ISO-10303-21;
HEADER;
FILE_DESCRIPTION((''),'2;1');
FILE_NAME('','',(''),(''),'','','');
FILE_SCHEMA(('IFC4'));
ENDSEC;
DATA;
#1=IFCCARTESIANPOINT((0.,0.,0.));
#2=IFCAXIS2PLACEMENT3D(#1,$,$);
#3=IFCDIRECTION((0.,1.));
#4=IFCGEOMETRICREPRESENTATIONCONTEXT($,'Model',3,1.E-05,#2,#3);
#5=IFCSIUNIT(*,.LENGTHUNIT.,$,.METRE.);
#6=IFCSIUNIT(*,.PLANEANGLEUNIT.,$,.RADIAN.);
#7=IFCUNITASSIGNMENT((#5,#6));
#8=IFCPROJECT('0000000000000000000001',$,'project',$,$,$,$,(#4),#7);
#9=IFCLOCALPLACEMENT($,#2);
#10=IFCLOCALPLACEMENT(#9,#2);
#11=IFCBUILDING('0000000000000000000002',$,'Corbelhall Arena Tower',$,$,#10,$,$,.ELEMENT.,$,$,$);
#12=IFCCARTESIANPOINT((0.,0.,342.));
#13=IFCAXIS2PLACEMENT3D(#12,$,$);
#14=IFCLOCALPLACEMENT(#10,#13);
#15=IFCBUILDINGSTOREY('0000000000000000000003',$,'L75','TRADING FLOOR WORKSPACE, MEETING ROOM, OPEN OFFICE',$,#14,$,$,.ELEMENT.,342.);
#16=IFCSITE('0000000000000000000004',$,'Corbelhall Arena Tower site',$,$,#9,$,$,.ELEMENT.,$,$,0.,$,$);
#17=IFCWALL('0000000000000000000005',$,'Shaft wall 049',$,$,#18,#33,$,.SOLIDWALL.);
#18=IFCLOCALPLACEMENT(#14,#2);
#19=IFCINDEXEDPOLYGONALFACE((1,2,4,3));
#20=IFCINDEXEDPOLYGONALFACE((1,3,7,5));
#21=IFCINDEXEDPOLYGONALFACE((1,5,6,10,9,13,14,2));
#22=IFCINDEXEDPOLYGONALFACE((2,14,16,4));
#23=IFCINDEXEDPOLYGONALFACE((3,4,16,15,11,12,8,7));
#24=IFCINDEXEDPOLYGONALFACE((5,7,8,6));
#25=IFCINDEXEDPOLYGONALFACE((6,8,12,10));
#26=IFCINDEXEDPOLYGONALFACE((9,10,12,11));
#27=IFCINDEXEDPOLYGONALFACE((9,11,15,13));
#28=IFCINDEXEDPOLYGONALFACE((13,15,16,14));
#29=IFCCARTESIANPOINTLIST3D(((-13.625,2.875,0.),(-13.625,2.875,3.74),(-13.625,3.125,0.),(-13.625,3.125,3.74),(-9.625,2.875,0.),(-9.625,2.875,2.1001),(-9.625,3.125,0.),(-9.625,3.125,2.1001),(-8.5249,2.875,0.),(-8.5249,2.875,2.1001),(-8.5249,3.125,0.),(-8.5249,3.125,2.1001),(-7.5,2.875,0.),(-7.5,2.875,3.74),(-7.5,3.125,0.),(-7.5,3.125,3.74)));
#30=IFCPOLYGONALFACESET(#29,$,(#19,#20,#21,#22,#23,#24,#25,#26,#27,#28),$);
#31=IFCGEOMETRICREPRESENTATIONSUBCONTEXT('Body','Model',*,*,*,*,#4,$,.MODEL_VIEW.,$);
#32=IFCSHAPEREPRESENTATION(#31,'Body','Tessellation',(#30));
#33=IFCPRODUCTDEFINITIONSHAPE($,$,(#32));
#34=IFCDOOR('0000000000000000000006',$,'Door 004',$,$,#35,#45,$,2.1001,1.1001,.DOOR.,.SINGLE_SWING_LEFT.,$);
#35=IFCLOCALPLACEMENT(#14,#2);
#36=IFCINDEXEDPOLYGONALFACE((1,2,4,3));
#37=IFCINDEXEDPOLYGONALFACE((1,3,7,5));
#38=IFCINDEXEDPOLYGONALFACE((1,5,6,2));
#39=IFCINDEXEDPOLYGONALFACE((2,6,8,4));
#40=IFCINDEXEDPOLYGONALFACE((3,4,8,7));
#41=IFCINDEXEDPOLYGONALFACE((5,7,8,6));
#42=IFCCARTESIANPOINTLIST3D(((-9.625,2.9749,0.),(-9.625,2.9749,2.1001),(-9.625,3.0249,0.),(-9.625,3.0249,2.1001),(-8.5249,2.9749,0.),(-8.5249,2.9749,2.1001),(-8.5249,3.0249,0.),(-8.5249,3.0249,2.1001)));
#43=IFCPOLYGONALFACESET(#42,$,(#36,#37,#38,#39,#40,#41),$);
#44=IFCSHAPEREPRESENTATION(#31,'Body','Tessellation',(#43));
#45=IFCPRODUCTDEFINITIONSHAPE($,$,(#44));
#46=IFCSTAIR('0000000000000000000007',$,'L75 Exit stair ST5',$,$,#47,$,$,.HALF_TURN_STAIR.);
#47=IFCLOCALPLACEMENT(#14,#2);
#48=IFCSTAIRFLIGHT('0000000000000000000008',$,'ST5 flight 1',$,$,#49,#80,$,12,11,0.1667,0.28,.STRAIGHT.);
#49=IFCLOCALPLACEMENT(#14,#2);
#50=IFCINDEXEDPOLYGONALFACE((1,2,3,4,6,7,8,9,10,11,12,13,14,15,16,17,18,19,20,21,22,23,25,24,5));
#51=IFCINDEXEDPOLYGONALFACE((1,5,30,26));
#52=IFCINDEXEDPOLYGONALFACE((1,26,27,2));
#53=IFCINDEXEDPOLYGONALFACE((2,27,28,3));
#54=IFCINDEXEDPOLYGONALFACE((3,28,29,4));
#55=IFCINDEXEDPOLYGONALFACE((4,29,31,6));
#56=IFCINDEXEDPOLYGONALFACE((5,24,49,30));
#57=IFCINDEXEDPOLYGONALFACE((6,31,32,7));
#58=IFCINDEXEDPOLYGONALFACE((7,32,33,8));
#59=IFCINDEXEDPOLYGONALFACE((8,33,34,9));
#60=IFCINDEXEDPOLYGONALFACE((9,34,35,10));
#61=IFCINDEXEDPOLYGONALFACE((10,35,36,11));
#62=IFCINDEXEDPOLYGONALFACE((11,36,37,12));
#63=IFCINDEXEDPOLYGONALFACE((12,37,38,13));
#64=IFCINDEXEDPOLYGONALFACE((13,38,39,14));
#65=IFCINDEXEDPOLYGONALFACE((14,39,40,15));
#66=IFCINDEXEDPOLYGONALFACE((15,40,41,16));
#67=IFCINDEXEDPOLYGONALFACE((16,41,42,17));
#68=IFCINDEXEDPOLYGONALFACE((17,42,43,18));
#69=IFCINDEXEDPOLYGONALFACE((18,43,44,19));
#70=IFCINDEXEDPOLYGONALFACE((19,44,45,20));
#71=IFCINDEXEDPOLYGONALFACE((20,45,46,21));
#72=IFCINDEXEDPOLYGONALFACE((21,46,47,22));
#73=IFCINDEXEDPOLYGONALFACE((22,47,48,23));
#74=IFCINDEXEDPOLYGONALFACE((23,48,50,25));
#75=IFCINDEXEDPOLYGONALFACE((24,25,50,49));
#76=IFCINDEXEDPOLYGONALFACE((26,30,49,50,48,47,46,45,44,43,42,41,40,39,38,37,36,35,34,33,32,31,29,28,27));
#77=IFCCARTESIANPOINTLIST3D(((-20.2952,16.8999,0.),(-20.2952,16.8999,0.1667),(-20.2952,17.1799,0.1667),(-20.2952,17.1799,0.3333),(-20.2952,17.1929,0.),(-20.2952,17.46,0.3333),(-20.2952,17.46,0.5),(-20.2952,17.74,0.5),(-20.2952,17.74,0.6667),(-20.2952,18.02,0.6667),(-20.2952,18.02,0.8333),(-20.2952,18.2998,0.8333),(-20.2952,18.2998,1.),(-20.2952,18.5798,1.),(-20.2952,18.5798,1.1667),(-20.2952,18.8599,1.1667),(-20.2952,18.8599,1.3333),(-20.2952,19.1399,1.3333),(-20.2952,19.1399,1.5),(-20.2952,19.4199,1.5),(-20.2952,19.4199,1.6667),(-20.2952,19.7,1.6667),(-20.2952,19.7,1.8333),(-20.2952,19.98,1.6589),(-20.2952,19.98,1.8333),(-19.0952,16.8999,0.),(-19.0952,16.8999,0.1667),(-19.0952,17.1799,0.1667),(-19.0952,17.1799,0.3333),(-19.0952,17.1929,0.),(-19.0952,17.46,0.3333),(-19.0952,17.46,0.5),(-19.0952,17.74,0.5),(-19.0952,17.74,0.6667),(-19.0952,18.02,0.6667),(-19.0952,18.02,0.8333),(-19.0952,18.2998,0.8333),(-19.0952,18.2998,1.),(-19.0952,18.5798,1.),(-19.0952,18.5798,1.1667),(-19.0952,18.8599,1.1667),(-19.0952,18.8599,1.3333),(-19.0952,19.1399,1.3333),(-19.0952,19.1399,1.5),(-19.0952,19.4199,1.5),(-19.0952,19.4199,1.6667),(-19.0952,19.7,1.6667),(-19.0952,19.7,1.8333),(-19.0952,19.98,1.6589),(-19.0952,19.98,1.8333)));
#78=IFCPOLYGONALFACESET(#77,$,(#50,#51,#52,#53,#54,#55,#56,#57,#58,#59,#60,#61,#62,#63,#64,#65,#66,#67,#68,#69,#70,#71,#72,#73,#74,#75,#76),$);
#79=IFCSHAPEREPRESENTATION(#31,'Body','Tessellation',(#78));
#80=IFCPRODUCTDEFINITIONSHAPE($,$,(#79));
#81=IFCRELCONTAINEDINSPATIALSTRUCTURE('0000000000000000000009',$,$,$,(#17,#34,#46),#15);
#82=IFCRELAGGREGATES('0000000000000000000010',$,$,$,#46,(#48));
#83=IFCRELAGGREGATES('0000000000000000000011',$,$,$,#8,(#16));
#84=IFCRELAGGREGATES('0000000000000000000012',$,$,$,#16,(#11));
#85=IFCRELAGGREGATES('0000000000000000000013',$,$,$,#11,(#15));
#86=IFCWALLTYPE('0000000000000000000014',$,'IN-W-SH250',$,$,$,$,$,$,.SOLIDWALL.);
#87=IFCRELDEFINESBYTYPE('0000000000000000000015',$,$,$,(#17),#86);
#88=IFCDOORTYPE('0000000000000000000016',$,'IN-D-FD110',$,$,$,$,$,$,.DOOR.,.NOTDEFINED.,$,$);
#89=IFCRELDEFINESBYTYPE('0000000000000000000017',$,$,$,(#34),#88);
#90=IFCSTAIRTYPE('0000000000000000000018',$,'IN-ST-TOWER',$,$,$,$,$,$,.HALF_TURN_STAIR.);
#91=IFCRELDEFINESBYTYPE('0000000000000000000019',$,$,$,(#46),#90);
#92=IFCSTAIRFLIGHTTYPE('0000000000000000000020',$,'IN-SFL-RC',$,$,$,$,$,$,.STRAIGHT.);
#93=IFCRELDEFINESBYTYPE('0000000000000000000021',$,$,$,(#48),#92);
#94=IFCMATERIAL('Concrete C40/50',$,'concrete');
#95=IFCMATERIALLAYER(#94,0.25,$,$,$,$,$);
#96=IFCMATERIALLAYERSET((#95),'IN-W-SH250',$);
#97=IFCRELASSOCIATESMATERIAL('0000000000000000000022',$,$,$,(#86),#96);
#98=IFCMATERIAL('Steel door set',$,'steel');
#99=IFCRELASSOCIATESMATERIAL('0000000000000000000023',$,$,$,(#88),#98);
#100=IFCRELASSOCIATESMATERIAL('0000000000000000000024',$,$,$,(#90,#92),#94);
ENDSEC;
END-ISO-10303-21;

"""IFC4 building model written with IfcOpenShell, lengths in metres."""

from ifc_helpers import new_model, si_unit, direction, frame, frame_2d, origin, place, context, subcontext, project, spatial, polyline, rectangle, outline, extrude, material, layer, layer_set, type_object, element, fill, aggregate, save


model = new_model("IFC4")

# Units and contexts
model_context = context("Model", 3, precision=1e-05, world=origin(), true_north=direction((0.0, 1.0)))
body_context = subcontext(model_context, "Body", "Model", "MODEL_VIEW")
ifc_project = project(units=[si_unit("LENGTHUNIT", "METRE"), si_unit("PLANEANGLEUNIT", "RADIAN")], contexts=[model_context])

# Site, building, storey
site_placement = place(None, origin())
site = spatial("IfcSite", under=ifc_project, at=site_placement, Name="Corbelhall Arena Tower site", CompositionType="ELEMENT", RefElevation=0.0)
building_placement = place(site_placement, origin())
building = spatial("IfcBuilding", under=site, at=building_placement, Name="Corbelhall Arena Tower", CompositionType="ELEMENT")
storey_placement = place(building_placement, frame((0.0, 0.0, 342.0)))
storey = spatial("IfcBuildingStorey", under=building, at=storey_placement, Name="L75", Description="TRADING FLOOR WORKSPACE, MEETING ROOM, OPEN OFFICE", CompositionType="ELEMENT", Elevation=342.0)

# Shared definitions
ifc_material_1 = material(Name="Concrete C40/50", Category="concrete")
ifc_material_2 = material(Name="Steel door set", Category="steel")

# Wall, opening, door
ifc_layer_1 = layer(ifc_material_1, 0.25)
ifc_layer_set_1 = layer_set([ifc_layer_1], Name="IN-W-SH250")
wall_type_1 = type_object("IfcWallType", Name="IN-W-SH250", PredefinedType="SOLIDWALL", material=ifc_layer_set_1)
wall_1_placement = place(storey_placement, frame((-13.625, 3.0, 0.0), z_axis=(0.0, 0.0, 1.0), x_axis=(1.0, 0.0, 0.0)))
wall_1 = element("IfcWall", 1, at=wall_1_placement, inside=storey, type_object=wall_type_1, Name="Shaft wall 049", PredefinedType="SOLIDWALL", context=body_context, shape_type="SweptSolid", body=[
    extrude(rectangle(XDim=6.125, YDim=0.25, at=frame_2d((3.0625, 0.0))), origin(), (0.0, 0.0, 1.0), 3.74),
])
opening_1_placement = place(wall_1_placement, frame((4.0, 0.0, 0.0)))
opening_1 = element("IfcOpeningElement", 2, at=opening_1_placement, cuts=wall_1, PredefinedType="OPENING", context=body_context, shape_type="SweptSolid", body=[
    extrude(rectangle(XDim=1.1001, YDim=2.1001, at=frame_2d((0.55, 1.05))), frame((0.0, 0.125, 0.0), z_axis=(0.0, -1.0, 0.0), x_axis=(1.0, 0.0, 0.0)), (0.0, 0.0, 1.0), 0.25),
])
door_type_1 = type_object("IfcDoorType", Name="IN-D-FD110", OperationType="NOTDEFINED", PredefinedType="DOOR", material=ifc_material_2)
door_1_placement = place(opening_1_placement, origin())
door_1 = element("IfcDoor", 3, at=door_1_placement, inside=storey, type_object=door_type_1, Name="Door 004", OperationType="SINGLE_SWING_LEFT", OverallHeight=2.1001, OverallWidth=1.1001, PredefinedType="DOOR", context=body_context, shape_type="SweptSolid", body=[
    extrude(rectangle(XDim=1.1001, YDim=2.1001, at=frame_2d((0.55, 1.05))), frame((0.0, 0.0249, 0.0), z_axis=(0.0, -1.0, 0.0), x_axis=(1.0, 0.0, 0.0)), (0.0, 0.0, 1.0), 0.05),
])
fill(opening_1, door_1)

# Stair, stair flight
stair_type = type_object("IfcStairType", Name="IN-ST-TOWER", PredefinedType="HALF_TURN_STAIR", material=ifc_material_1)
stair_placement = place(storey_placement, origin())
stair = element("IfcStair", 4, at=stair_placement, inside=storey, type_object=stair_type, Name="L75 Exit stair ST5", PredefinedType="HALF_TURN_STAIR")
stair_flight_type = type_object("IfcStairFlightType", Name="IN-SFL-RC", PredefinedType="STRAIGHT", material=ifc_material_1)
stair_flight_placement = place(storey_placement, frame((-19.6951, 16.8999, 0.0), z_axis=(0.0, 0.0, 1.0), x_axis=(0.0, 1.0, 0.0)))
stair_flight = element("IfcStairFlight", 5, at=stair_flight_placement, type_object=stair_flight_type, Name="ST5 flight 1", NumberOfRisers=12, NumberOfTreads=11, PredefinedType="STRAIGHT", RiserHeight=0.1667, TreadLength=0.28, context=body_context, shape_type="SweptSolid", body=[
    extrude(outline(polyline([(0.0, 0.0), (0.0, 0.1667), (0.28, 0.1667), (0.28, 0.3333), (0.5601, 0.3333), (0.5601, 0.5), (0.8401, 0.5), (0.8401, 0.6667), (1.1201, 0.6667), (1.1201, 0.8333), (1.3999, 0.8333), (1.3999, 1.0), (1.6799, 1.0), (1.6799, 1.1667), (1.96, 1.1667), (1.96, 1.3333), (2.24, 1.3333), (2.24, 1.5), (2.52, 1.5), (2.52, 1.6667), (2.8, 1.6667), (2.8, 1.8333), (3.0801, 1.8333), (3.0801, 2.0), (3.0801, 1.6589), (0.293, 0.0), (0.0, 0.0)])), frame((0.0, 0.6001, 0.0), z_axis=(0.0, -1.0, 0.0), x_axis=(1.0, 0.0, 0.0)), (0.0, 0.0, 1.0), 1.2),
])
aggregate(stair, [stair_flight])

save(model, "model.ifc")
